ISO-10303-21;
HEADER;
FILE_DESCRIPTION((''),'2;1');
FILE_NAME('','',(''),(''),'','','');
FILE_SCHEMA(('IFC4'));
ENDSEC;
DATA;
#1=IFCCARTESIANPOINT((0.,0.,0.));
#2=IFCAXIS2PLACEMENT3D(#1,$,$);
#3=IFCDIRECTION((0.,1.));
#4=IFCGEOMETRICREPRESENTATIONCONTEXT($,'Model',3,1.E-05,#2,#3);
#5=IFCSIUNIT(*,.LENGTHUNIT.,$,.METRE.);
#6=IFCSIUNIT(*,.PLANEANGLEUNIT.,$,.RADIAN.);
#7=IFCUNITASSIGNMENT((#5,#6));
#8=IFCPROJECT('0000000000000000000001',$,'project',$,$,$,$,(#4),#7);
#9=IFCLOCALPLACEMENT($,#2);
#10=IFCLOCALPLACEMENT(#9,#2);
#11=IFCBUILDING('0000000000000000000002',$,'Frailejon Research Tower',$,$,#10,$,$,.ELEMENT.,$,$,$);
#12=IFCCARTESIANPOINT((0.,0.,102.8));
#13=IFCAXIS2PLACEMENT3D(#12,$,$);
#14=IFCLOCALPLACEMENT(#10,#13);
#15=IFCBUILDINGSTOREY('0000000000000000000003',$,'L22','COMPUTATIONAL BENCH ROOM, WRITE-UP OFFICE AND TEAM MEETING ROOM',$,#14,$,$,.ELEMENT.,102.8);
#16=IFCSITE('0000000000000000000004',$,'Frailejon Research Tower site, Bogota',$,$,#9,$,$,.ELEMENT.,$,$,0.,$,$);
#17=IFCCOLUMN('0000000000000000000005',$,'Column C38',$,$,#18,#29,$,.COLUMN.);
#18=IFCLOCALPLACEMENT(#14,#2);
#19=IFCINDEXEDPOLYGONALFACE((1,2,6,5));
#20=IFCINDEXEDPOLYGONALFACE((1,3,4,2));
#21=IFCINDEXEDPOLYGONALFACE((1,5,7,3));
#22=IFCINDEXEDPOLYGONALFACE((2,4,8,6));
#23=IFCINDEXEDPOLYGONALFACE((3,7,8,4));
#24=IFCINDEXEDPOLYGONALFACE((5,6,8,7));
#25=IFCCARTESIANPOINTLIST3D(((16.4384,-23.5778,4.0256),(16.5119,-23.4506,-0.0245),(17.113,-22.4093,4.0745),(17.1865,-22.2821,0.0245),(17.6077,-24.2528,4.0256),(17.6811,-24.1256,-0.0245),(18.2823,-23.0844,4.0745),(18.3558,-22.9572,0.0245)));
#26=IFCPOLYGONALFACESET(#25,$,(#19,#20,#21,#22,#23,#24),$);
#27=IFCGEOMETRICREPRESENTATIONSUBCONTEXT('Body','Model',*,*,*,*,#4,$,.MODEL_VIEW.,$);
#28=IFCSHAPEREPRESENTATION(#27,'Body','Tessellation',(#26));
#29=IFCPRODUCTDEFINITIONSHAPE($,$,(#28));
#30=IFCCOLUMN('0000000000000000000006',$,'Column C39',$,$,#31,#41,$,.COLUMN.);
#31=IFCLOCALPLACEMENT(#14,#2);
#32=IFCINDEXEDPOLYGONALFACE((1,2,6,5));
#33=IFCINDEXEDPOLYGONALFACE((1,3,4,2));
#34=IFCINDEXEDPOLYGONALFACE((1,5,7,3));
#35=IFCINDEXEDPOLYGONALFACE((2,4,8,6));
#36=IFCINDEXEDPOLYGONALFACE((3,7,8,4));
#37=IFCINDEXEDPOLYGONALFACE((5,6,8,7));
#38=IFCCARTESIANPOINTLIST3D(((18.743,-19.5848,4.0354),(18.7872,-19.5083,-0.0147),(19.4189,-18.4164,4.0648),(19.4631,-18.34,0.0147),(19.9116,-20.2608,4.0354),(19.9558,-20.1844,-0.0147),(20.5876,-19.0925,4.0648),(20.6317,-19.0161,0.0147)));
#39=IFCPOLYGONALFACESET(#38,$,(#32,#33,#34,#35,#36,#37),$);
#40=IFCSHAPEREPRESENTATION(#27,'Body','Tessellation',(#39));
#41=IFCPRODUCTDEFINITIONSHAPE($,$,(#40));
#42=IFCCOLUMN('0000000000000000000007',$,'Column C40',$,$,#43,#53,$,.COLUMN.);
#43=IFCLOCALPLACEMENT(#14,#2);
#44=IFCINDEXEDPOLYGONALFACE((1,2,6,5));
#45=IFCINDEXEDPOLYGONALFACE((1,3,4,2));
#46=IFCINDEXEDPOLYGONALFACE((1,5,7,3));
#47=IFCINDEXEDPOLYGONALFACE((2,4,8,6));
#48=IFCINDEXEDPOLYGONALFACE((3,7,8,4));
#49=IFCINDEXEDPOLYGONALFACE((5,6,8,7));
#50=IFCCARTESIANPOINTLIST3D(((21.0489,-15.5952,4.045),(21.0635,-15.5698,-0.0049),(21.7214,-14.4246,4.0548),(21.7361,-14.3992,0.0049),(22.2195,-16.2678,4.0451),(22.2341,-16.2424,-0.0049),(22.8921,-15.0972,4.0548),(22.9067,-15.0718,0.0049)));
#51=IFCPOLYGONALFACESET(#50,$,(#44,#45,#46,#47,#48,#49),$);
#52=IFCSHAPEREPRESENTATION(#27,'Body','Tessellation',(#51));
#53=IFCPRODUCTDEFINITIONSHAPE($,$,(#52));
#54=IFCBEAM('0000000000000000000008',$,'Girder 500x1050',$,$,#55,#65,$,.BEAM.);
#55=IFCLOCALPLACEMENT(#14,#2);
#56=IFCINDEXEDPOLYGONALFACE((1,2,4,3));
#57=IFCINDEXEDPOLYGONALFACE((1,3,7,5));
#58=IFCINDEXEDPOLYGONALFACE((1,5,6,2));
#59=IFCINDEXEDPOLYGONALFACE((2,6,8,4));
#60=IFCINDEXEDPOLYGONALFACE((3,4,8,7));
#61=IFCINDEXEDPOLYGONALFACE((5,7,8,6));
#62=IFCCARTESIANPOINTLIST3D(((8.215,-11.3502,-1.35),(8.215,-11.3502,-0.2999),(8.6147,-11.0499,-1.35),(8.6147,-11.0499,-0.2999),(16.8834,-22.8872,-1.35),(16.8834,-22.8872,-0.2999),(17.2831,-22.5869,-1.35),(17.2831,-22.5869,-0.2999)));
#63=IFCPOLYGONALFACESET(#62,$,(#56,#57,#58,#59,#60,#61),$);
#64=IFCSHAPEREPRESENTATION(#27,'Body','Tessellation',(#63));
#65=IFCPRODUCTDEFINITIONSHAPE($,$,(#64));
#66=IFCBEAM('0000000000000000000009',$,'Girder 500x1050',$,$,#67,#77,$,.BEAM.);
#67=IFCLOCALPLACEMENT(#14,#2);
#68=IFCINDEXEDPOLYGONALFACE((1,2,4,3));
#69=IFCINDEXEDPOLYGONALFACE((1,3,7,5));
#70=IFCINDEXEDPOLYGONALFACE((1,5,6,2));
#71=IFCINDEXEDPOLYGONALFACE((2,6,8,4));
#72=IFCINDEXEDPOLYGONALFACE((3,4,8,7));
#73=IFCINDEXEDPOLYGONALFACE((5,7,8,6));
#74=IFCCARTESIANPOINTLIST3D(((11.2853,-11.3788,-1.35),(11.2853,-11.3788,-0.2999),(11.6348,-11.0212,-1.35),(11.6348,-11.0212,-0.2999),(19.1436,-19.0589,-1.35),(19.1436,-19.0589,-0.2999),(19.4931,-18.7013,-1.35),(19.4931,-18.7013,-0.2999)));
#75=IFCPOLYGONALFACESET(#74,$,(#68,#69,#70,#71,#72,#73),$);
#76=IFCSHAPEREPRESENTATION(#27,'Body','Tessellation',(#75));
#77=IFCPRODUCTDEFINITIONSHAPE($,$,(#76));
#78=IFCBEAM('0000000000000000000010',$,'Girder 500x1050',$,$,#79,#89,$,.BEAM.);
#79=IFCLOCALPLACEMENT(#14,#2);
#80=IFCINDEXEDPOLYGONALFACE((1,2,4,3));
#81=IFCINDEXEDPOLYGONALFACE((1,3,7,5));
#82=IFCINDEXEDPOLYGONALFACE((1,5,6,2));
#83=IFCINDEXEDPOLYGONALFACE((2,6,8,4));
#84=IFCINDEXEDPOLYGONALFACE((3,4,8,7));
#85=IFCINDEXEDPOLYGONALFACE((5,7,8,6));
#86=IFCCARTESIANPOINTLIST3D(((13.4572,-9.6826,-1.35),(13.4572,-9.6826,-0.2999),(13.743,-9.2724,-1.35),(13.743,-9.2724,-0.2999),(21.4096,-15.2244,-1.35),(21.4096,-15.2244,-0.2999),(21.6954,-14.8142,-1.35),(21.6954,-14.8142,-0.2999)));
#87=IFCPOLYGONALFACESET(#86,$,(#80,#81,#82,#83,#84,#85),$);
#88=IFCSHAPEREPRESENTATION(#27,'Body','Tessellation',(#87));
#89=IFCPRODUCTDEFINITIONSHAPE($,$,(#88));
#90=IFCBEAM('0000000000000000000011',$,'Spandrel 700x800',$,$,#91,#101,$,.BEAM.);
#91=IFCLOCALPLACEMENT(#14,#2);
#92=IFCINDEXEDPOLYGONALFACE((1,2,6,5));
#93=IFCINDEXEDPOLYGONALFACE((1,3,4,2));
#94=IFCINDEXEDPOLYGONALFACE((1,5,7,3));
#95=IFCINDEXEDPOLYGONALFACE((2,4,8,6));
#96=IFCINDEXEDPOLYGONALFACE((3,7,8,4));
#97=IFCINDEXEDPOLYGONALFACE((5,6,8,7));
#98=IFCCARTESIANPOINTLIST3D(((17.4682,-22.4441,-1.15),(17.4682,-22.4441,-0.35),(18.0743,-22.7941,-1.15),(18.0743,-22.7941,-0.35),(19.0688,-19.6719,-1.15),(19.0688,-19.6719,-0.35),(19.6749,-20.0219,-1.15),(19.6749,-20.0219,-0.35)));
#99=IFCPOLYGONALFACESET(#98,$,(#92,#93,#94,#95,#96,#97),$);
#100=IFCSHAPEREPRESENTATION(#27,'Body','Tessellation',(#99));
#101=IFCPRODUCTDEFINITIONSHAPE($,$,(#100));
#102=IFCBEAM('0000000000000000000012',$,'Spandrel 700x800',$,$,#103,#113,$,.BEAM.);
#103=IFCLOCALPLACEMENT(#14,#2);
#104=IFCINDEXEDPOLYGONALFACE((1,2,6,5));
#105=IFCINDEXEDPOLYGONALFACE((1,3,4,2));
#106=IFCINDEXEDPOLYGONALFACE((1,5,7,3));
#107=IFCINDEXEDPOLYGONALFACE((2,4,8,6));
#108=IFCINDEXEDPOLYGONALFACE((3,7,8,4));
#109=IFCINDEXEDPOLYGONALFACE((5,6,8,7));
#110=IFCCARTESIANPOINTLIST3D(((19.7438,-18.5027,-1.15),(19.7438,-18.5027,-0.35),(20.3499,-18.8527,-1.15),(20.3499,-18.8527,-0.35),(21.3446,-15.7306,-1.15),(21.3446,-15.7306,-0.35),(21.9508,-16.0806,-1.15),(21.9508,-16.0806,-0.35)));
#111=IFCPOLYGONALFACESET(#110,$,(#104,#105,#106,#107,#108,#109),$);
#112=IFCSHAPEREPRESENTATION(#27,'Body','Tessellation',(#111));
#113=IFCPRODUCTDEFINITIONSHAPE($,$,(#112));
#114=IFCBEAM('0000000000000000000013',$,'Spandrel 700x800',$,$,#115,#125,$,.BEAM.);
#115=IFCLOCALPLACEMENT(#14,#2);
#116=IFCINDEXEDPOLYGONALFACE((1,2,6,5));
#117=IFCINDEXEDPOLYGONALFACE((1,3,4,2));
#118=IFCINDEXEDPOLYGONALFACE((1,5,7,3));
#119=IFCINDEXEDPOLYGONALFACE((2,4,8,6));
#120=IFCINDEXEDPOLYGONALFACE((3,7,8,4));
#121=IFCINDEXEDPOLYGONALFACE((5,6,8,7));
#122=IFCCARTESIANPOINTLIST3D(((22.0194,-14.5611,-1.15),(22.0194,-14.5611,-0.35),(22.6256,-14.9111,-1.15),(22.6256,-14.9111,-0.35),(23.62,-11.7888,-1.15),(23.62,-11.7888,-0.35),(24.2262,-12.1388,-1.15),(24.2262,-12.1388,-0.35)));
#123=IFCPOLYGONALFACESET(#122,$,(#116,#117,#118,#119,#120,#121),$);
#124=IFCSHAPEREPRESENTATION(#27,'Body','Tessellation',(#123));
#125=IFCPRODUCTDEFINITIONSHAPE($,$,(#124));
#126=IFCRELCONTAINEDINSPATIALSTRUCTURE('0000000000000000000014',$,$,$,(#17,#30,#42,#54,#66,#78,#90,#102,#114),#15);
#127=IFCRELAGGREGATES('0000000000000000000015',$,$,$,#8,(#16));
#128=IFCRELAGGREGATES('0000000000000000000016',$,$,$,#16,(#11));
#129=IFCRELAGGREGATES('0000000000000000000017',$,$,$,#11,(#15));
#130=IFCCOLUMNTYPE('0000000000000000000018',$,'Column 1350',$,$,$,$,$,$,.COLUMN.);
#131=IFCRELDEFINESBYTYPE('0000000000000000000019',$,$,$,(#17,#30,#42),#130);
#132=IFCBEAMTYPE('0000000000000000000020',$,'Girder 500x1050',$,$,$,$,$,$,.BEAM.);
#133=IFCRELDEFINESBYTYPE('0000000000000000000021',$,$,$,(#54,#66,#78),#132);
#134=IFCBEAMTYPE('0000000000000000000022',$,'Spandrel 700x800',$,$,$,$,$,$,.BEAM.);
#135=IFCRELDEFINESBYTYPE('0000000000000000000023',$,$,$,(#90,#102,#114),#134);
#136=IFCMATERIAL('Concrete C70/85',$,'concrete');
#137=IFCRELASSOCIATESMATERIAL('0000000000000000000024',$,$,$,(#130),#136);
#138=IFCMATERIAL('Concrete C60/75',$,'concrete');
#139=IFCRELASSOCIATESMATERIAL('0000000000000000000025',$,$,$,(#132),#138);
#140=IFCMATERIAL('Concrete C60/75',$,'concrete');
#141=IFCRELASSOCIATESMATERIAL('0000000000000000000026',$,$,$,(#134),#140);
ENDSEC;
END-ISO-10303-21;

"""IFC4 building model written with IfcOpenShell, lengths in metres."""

from ifc_helpers import new_model, si_unit, direction, frame, origin, origin_2d, place, context, subcontext, project, spatial, rectangle, extrude, material, material_profile, profile_set, type_object, element, save


model = new_model("IFC4")

# Units and contexts
model_context = context("Model", 3, precision=1e-05, world=origin(), true_north=direction((0.0, 1.0)))
body_context = subcontext(model_context, "Body", "Model", "MODEL_VIEW")
ifc_project = project(units=[si_unit("LENGTHUNIT", "METRE"), si_unit("PLANEANGLEUNIT", "RADIAN")], contexts=[model_context])

# Site, building, storey
site_placement = place(None, origin())
site = spatial("IfcSite", under=ifc_project, at=site_placement, Name="Frailejon Research Tower site, Bogota", CompositionType="ELEMENT", RefElevation=0.0)
building_placement = place(site_placement, origin())
building = spatial("IfcBuilding", under=site, at=building_placement, Name="Frailejon Research Tower", CompositionType="ELEMENT")
storey_placement = place(building_placement, frame((0.0, 0.0, 102.8)))
storey = spatial("IfcBuildingStorey", under=building, at=storey_placement, Name="L22", Description="COMPUTATIONAL BENCH ROOM, WRITE-UP OFFICE AND TEAM MEETING ROOM", CompositionType="ELEMENT", Elevation=102.8)

# Columns
ifc_material_1 = material(Name="Concrete C70/85", Category="concrete")
ifc_material_profile_1 = material_profile(ifc_material_1, rectangle(XDim=1.3501, YDim=1.3501, at=origin_2d()), Name="Column 1350")
ifc_profile_set_1 = profile_set([ifc_material_profile_1], Name="Concrete C70/85")
column_type = type_object("IfcColumnType", Name="Column 1350", PredefinedType="COLUMN", material=ifc_profile_set_1)
column_1_placement = place(storey_placement, frame((17.4338, -23.2039, 0.0), z_axis=(-0.018133, -0.031386, 0.999343), x_axis=(0.499675, 0.865454, 0.036247)))
element("IfcColumn", 1, at=column_1_placement, inside=storey, type_object=column_type, Name="Column C38", PredefinedType="COLUMN", context=body_context, shape_type="SweptSolid", body=[
    extrude(rectangle(XDim=1.3501, YDim=1.3501, at=origin_2d()), origin(), (0.0, 0.0, 1.0), 4.0527),
])
column_2_placement = place(storey_placement, frame((19.7095, -19.2622, 0.0), z_axis=(-0.010908, -0.018863, 0.999763), x_axis=(0.500638, 0.865382, 0.02179)))
element("IfcColumn", 2, at=column_2_placement, inside=storey, type_object=column_type, Name="Column C39", PredefinedType="COLUMN", context=body_context, shape_type="SweptSolid", body=[
    extrude(rectangle(XDim=1.3501, YDim=1.3501, at=origin_2d()), origin(), (0.0, 0.0, 1.0), 4.051),
])
column_3_placement = place(storey_placement, frame((21.9851, -15.3208, 0.0), z_axis=(-0.003617, -0.006269, 0.999974), x_axis=(0.498177, 0.867045, 0.007238)))
element("IfcColumn", 3, at=column_3_placement, inside=storey, type_object=column_type, Name="Column C40", PredefinedType="COLUMN", context=body_context, shape_type="SweptSolid", body=[
    extrude(rectangle(XDim=1.3501, YDim=1.3501, at=origin_2d()), origin(), (0.0, 0.0, 1.0), 4.05),
])

# Beams
ifc_material_2 = material(Name="Concrete C60/75", Category="concrete")
ifc_material_profile_2 = material_profile(ifc_material_2, rectangle(XDim=0.5, YDim=1.05, at=origin_2d()), Name="Girder 500x1050")
ifc_profile_set_2 = profile_set([ifc_material_profile_2], Name="Concrete C60/75")
beam_type_1 = type_object("IfcBeamType", Name="Girder 500x1050", PredefinedType="BEAM", material=ifc_profile_set_2)
beam_1_placement = place(storey_placement, frame((17.0833, -22.7371, -0.825), z_axis=(-0.600693, 0.79948, 0.0), x_axis=(-0.79948, -0.600693, 0.0)))
element("IfcBeam", 4, at=beam_1_placement, inside=storey, type_object=beam_type_1, Name="Girder 500x1050", PredefinedType="BEAM", context=body_context, shape_type="SweptSolid", body=[
    extrude(rectangle(XDim=0.5, YDim=1.05, at=origin_2d()), origin(), (0.0, 0.0, 1.0), 14.4307),
])
beam_2_placement = place(storey_placement, frame((19.3184, -18.8801, -0.825), z_axis=(-0.71517, 0.698951, 0.0), x_axis=(-0.698951, -0.71517, 0.0)))
element("IfcBeam", 5, at=beam_2_placement, inside=storey, type_object=beam_type_1, Name="Girder 500x1050", PredefinedType="BEAM", context=body_context, shape_type="SweptSolid", body=[
    extrude(rectangle(XDim=0.5, YDim=1.05, at=origin_2d()), origin(), (0.0, 0.0, 1.0), 10.988),
])
beam_3_placement = place(storey_placement, frame((21.5525, -15.0193, -0.825), z_axis=(-0.820438, 0.571735, 0.0), x_axis=(-0.571735, -0.820438, 0.0)))
element("IfcBeam", 6, at=beam_3_placement, inside=storey, type_object=beam_type_1, Name="Girder 500x1050", PredefinedType="BEAM", context=body_context, shape_type="SweptSolid", body=[
    extrude(rectangle(XDim=0.5, YDim=1.05, at=origin_2d()), origin(), (0.0, 0.0, 1.0), 9.6929),
])
ifc_material_3 = material(Name="Concrete C60/75", Category="concrete")
ifc_material_profile_3 = material_profile(ifc_material_3, rectangle(XDim=0.7, YDim=0.8, at=origin_2d()), Name="Spandrel 700x800")
ifc_profile_set_3 = profile_set([ifc_material_profile_3], Name="Concrete C60/75")
beam_type_2 = type_object("IfcBeamType", Name="Spandrel 700x800", PredefinedType="BEAM", material=ifc_profile_set_3)
for number, where, z_axis, x_axis, name in (
    (7, (17.7712, -22.6191, -0.75), (0.500011, 0.866019, 0.0), (-0.866019, 0.500011, 0.0), "Spandrel 700x800"),
    (8, (20.0469, -18.6777, -0.75), (0.500068, 0.865986, 0.0), (-0.865986, 0.500068, 0.0), "Spandrel 700x800"),
    (9, (22.3225, -14.7361, -0.75), (0.500011, 0.866019, 0.0), (-0.866019, 0.500011, 0.0), "Spandrel 700x800"),
):
    element("IfcBeam", number, at=place(storey_placement, frame(where, z_axis=z_axis, x_axis=x_axis)), inside=storey, type_object=beam_type_2, Name=name, PredefinedType="BEAM", context=body_context, shape_type="SweptSolid", body=[
        extrude(rectangle(XDim=0.7, YDim=0.8, at=origin_2d()), origin(), (0.0, 0.0, 1.0), 3.2012),
    ])

save(model, "model.ifc")
